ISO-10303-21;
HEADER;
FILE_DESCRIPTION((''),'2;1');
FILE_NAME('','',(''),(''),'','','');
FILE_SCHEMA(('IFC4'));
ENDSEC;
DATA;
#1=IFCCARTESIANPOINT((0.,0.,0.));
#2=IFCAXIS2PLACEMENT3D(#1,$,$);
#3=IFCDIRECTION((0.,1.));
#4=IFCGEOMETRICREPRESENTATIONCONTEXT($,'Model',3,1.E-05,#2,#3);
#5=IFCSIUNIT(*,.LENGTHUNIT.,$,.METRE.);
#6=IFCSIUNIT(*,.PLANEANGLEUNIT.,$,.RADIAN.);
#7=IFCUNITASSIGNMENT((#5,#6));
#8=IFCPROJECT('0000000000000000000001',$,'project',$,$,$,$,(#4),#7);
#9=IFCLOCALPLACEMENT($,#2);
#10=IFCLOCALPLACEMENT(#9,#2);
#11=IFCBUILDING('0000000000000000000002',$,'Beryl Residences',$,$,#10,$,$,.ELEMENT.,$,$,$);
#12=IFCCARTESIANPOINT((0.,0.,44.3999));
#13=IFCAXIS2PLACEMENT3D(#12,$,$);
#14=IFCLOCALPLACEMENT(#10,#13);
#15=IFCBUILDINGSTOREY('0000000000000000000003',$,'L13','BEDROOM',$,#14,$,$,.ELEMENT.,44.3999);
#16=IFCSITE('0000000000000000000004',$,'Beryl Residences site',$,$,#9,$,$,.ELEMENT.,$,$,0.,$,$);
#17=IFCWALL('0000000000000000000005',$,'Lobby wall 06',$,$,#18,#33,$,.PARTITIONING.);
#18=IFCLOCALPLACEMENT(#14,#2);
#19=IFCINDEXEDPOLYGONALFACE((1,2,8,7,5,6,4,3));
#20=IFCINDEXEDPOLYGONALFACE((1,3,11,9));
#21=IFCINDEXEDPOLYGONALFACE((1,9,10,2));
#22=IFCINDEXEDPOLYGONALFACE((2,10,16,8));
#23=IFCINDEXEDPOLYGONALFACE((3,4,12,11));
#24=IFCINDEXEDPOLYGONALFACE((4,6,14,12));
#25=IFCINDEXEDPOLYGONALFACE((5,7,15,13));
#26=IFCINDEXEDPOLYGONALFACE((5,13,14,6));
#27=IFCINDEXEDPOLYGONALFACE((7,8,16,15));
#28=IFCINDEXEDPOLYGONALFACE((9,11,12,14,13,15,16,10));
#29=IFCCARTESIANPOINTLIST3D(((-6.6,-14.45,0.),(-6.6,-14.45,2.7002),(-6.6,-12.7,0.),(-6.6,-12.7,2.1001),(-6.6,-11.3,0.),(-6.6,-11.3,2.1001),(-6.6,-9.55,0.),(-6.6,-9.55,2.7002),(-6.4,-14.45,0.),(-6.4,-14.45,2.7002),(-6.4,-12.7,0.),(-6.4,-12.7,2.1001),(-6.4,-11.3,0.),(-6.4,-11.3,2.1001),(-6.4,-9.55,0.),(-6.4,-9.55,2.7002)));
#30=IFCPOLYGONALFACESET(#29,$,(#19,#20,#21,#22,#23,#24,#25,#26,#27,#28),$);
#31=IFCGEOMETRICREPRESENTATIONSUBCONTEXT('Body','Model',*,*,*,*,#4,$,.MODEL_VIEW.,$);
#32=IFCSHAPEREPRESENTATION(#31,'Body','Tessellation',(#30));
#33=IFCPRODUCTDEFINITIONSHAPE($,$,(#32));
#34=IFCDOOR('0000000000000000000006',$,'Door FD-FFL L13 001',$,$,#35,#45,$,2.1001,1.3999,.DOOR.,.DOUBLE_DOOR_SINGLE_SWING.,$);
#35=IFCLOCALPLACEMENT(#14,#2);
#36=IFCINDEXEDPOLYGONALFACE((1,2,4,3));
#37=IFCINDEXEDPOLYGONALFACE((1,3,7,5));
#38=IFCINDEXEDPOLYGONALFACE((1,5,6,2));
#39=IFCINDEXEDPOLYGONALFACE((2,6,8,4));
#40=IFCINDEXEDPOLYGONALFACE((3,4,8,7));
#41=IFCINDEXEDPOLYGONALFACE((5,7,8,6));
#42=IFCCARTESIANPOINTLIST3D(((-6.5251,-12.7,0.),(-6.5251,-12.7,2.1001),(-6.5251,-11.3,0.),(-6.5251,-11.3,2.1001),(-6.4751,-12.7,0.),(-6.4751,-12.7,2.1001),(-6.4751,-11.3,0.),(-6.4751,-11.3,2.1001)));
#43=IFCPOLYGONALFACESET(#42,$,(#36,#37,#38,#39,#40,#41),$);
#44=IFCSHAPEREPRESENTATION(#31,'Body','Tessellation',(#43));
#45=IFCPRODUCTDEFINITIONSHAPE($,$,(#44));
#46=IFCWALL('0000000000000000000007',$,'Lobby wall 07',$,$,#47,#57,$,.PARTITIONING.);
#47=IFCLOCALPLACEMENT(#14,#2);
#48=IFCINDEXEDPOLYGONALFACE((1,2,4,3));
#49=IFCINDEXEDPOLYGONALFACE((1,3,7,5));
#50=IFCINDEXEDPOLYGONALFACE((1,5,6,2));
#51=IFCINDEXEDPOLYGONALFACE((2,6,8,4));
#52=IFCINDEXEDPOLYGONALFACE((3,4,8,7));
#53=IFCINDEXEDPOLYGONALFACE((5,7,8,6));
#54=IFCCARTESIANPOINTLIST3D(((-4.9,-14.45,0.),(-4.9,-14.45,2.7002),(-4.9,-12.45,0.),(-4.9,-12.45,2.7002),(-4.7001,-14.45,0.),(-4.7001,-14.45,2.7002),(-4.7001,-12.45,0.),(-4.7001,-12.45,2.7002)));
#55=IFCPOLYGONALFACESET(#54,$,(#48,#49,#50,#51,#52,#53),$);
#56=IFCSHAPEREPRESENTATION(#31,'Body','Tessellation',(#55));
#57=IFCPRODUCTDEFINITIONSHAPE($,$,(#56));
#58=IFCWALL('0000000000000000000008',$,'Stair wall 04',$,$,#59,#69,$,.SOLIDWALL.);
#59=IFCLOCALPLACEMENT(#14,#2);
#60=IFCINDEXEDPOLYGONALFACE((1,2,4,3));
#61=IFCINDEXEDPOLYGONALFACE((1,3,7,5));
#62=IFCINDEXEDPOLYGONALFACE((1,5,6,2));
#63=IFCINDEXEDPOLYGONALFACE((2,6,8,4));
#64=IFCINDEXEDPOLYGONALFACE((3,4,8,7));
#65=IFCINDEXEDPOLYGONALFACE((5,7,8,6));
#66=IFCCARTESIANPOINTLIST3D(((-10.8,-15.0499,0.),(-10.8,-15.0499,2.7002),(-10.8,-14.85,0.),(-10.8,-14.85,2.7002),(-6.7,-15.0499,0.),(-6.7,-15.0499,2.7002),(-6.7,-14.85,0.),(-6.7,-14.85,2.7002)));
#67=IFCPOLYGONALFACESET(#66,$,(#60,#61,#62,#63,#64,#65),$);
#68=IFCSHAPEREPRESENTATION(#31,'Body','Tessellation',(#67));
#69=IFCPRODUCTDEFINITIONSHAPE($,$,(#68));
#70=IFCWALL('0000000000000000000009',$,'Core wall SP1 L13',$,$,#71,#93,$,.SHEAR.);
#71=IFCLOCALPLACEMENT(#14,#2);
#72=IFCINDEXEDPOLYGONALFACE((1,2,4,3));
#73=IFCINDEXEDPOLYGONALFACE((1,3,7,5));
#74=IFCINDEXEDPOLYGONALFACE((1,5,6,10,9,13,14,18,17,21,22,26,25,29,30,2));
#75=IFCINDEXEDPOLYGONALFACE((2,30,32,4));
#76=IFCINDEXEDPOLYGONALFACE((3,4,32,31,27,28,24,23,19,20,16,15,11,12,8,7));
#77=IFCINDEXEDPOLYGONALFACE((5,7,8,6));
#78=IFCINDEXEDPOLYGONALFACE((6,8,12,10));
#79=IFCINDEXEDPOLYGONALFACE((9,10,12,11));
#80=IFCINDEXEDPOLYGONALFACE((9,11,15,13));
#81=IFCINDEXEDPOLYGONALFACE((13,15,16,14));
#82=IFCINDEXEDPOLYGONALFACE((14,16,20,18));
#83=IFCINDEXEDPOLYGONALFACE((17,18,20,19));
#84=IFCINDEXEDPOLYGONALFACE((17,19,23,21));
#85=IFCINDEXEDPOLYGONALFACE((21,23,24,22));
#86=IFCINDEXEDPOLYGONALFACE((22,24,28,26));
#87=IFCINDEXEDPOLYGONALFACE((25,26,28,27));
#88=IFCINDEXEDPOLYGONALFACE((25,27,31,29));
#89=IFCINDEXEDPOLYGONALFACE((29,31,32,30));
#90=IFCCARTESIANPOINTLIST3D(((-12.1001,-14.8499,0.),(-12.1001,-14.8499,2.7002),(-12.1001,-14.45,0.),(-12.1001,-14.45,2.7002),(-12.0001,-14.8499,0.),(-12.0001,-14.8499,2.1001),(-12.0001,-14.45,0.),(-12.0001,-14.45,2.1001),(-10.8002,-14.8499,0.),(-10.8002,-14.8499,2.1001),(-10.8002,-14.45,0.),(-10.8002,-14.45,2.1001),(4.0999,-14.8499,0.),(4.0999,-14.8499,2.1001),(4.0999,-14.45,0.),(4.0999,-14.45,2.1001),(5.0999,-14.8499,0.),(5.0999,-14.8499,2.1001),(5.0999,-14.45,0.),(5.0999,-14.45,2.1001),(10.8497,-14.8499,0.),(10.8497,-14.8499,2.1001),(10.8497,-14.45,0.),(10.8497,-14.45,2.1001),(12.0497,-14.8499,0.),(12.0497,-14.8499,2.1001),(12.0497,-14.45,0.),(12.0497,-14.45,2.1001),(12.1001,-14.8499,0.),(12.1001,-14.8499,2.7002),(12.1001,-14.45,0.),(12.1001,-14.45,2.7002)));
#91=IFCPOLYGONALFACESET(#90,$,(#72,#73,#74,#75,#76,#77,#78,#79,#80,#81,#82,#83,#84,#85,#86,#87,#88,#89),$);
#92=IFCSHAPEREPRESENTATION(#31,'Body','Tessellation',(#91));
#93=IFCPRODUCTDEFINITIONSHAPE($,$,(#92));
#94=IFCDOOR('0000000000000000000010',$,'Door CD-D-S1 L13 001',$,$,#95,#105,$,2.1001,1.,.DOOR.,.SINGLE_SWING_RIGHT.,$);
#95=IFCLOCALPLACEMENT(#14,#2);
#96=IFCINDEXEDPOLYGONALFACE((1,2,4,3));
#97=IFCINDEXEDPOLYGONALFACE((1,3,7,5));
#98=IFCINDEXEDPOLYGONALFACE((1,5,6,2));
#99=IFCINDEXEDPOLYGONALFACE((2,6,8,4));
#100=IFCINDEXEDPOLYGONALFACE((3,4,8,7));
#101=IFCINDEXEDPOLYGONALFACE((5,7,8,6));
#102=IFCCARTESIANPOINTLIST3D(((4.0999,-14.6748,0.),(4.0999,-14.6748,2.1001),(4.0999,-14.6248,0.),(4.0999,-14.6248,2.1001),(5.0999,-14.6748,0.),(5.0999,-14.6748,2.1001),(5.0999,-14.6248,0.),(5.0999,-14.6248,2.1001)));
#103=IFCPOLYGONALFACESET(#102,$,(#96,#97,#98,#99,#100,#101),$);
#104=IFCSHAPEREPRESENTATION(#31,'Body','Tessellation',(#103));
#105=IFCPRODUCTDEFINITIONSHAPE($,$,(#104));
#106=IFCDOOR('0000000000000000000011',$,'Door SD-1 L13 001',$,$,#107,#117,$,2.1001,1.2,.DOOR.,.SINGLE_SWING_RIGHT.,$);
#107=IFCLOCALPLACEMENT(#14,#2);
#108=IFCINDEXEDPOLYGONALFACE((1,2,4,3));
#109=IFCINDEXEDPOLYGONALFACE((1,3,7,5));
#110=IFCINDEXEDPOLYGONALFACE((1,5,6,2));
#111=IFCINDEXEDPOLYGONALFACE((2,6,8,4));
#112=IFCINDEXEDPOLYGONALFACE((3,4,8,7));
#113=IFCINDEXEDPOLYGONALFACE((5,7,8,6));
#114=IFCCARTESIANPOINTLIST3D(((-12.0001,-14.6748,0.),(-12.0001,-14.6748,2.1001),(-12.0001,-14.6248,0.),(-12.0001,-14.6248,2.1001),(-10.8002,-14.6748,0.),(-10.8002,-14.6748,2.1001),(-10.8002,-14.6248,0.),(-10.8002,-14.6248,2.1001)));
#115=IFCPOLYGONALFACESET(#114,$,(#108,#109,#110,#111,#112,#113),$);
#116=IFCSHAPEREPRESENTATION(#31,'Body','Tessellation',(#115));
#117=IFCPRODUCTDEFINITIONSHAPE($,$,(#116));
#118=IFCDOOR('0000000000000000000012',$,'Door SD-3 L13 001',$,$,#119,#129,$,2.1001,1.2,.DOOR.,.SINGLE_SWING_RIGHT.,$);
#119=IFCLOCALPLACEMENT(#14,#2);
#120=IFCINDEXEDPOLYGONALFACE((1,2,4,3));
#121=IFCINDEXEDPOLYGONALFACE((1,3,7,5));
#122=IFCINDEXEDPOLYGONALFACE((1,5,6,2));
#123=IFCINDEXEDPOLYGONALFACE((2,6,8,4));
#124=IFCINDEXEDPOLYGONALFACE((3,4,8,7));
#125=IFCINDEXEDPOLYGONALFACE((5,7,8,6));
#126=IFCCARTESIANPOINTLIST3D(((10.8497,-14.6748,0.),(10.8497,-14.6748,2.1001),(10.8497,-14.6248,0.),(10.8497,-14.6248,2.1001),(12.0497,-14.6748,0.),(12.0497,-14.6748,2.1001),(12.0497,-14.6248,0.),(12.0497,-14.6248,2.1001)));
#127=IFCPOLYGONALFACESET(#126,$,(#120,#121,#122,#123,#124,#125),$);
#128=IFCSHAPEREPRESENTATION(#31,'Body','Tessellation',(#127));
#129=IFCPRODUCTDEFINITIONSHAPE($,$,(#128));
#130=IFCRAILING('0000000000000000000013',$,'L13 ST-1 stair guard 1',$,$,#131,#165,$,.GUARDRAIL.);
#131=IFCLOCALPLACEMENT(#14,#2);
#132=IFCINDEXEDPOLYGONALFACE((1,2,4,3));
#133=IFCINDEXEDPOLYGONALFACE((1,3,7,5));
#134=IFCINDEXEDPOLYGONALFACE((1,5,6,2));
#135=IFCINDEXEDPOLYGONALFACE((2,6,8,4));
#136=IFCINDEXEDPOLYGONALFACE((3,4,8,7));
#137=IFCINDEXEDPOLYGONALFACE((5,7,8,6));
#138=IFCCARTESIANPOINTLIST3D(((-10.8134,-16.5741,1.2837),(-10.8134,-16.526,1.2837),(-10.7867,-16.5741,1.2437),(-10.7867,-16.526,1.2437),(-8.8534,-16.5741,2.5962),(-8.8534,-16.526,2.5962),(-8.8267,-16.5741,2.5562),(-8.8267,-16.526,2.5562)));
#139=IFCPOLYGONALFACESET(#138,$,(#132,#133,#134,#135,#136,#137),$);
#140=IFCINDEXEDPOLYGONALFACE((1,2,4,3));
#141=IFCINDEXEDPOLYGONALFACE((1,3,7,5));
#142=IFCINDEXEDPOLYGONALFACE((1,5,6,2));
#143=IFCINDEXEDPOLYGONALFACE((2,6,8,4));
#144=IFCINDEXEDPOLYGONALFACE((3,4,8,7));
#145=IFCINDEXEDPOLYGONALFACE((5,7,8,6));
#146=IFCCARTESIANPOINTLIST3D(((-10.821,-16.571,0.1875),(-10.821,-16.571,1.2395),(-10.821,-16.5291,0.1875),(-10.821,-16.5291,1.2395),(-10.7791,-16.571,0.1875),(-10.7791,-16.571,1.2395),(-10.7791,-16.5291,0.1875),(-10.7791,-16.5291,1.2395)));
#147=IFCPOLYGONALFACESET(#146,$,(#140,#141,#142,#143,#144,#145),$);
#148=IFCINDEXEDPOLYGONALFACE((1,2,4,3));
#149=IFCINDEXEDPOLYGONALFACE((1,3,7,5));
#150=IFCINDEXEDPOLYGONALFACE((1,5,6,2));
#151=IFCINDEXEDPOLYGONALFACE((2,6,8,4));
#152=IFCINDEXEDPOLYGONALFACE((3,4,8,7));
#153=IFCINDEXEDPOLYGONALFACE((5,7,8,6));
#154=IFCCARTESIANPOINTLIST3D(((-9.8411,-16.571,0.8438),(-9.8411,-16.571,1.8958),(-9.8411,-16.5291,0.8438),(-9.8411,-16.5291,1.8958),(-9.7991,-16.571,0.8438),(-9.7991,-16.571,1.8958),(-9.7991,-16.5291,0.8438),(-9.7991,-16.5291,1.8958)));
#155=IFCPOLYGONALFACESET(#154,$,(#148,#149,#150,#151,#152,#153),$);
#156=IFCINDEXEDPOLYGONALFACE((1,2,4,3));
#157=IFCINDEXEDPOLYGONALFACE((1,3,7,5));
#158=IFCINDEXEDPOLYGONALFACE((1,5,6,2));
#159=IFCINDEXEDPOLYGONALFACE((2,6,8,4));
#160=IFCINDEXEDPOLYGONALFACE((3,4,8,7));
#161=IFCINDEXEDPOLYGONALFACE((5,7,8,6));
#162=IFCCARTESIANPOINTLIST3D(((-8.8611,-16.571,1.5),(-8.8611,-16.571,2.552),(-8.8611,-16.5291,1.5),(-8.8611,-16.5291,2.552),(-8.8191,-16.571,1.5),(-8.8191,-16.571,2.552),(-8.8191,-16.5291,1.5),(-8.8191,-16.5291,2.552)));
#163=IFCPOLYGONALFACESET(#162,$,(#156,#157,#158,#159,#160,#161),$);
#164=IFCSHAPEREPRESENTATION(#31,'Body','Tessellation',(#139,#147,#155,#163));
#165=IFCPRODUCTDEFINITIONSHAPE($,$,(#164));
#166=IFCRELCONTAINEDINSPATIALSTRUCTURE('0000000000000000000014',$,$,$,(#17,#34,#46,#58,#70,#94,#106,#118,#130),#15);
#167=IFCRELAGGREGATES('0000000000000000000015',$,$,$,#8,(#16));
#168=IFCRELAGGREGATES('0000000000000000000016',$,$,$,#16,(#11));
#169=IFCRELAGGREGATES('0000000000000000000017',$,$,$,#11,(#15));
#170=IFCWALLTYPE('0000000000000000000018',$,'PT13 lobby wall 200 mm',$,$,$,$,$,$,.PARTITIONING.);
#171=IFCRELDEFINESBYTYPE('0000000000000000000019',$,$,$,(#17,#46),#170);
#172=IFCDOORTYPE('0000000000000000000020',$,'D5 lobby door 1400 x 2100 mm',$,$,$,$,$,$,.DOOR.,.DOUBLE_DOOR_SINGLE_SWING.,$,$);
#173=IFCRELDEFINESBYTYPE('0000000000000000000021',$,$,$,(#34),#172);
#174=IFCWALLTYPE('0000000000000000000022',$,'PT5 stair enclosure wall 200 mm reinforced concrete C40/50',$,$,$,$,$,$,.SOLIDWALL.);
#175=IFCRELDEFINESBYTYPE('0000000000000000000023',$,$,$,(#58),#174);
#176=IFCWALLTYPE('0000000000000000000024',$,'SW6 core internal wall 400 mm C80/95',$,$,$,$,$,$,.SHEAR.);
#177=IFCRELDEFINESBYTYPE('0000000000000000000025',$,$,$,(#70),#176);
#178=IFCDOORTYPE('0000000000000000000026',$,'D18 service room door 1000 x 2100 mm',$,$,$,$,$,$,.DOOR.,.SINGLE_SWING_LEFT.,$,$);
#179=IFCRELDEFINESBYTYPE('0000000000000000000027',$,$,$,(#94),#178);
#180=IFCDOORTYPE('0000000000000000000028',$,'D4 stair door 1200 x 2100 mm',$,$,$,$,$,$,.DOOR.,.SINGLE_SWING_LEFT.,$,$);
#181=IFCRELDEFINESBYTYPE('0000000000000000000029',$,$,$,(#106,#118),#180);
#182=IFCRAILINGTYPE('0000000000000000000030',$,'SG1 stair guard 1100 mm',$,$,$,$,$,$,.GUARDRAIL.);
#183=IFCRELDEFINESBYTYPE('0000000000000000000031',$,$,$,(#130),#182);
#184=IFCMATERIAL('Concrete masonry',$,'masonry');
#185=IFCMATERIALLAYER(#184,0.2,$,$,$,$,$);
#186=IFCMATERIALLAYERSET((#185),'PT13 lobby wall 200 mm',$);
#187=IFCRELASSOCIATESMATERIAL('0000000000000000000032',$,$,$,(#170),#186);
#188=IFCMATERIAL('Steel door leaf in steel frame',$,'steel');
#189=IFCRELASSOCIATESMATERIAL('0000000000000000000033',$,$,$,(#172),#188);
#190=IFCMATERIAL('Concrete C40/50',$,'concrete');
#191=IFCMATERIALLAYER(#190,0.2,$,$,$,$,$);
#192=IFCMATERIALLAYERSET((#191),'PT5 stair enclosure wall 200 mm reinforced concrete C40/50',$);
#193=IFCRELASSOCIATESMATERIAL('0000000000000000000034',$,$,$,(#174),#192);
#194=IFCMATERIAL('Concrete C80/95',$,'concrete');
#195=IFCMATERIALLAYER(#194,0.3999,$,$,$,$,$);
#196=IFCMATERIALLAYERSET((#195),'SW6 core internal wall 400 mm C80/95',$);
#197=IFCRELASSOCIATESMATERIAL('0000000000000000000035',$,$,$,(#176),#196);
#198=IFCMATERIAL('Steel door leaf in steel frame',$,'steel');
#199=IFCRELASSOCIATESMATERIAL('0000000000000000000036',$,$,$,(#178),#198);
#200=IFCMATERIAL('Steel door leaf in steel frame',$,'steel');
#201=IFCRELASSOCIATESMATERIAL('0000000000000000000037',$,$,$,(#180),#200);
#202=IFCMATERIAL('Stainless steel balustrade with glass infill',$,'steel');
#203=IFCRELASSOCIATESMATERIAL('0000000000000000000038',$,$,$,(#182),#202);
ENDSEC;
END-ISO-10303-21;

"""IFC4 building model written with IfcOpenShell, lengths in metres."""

from ifc_helpers import new_model, si_unit, direction, frame, frame_2d, origin, origin_2d, place, context, subcontext, project, spatial, rectangle, extrude, material, layer, layer_set, type_object, element, fill, save


model = new_model("IFC4")

# Units and contexts
model_context = context("Model", 3, precision=1e-05, world=origin(), true_north=direction((0.0, 1.0)))
body_context = subcontext(model_context, "Body", "Model", "MODEL_VIEW")
ifc_project = project(units=[si_unit("LENGTHUNIT", "METRE"), si_unit("PLANEANGLEUNIT", "RADIAN")], contexts=[model_context])

# Site, building, storey
site_placement = place(None, origin())
site = spatial("IfcSite", under=ifc_project, at=site_placement, Name="Beryl Residences site", CompositionType="ELEMENT", RefElevation=0.0)
building_placement = place(site_placement, origin())
building = spatial("IfcBuilding", under=site, at=building_placement, Name="Beryl Residences", CompositionType="ELEMENT")
storey_placement = place(building_placement, frame((0.0, 0.0, 44.3999)))
storey = spatial("IfcBuildingStorey", under=building, at=storey_placement, Name="L13", Description="BEDROOM", CompositionType="ELEMENT", Elevation=44.3999)

# Wall, opening, door
ifc_material_1 = material(Name="Concrete masonry", Category="masonry")
ifc_layer_1 = layer(ifc_material_1, 0.2)
ifc_layer_set_1 = layer_set([ifc_layer_1], Name="PT13 lobby wall 200 mm")
wall_type_1 = type_object("IfcWallType", Name="PT13 lobby wall 200 mm", PredefinedType="PARTITIONING", material=ifc_layer_set_1)
wall_1_placement = place(storey_placement, frame((-6.5, -14.45, 0.0), z_axis=(0.0, 0.0, 1.0), x_axis=(0.0, 1.0, 0.0)))
wall_1 = element("IfcWall", 1, at=wall_1_placement, inside=storey, type_object=wall_type_1, Name="Lobby wall 06", PredefinedType="PARTITIONING", context=body_context, shape_type="SweptSolid", body=[
    extrude(rectangle(XDim=4.8999, YDim=0.2, at=frame_2d((2.45, 0.0))), origin(), (0.0, 0.0, 1.0), 2.7002),
])
opening_1_placement = place(wall_1_placement, frame((3.1499, 0.0, 0.0), z_axis=(0.0, 0.0, 1.0), x_axis=(-1.0, 0.0, 0.0)))
opening_1 = element("IfcOpeningElement", 2, at=opening_1_placement, cuts=wall_1, PredefinedType="OPENING", context=body_context, shape_type="SweptSolid", body=[
    extrude(rectangle(XDim=1.3999, YDim=2.1001, at=frame_2d((0.7, 1.05))), frame((0.0, 0.1099, 0.0), z_axis=(0.0, -1.0, 0.0), x_axis=(1.0, 0.0, 0.0)), (0.0, 0.0, 1.0), 0.22),
])
ifc_material_2 = material(Name="Steel door leaf in steel frame", Category="steel")
door_type_1 = type_object("IfcDoorType", Name="D5 lobby door 1400 x 2100 mm", OperationType="DOUBLE_DOOR_SINGLE_SWING", PredefinedType="DOOR", material=ifc_material_2)
door_1_placement = place(opening_1_placement, origin())
door_1 = element("IfcDoor", 3, at=door_1_placement, inside=storey, type_object=door_type_1, Name="Door FD-FFL L13 001", OperationType="DOUBLE_DOOR_SINGLE_SWING", OverallHeight=2.1001, OverallWidth=1.3999, PredefinedType="DOOR", context=body_context, shape_type="SweptSolid", body=[
    extrude(rectangle(XDim=1.3999, YDim=2.1001, at=frame_2d((0.7, 1.05))), frame((0.0, 0.0249, 0.0), z_axis=(0.0, -1.0, 0.0), x_axis=(1.0, 0.0, 0.0)), (0.0, 0.0, 1.0), 0.05),
])
fill(opening_1, door_1)

# Walls
wall_2_placement = place(storey_placement, frame((-4.8, -14.45, 0.0), z_axis=(0.0, 0.0, 1.0), x_axis=(0.0, 1.0, 0.0)))
element("IfcWall", 4, at=wall_2_placement, inside=storey, type_object=wall_type_1, Name="Lobby wall 07", PredefinedType="PARTITIONING", context=body_context, shape_type="SweptSolid", body=[
    extrude(rectangle(XDim=2.0, YDim=0.2, at=frame_2d((1.0, 0.0))), origin(), (0.0, 0.0, 1.0), 2.7002),
])
ifc_material_3 = material(Name="Concrete C40/50", Category="concrete")
ifc_layer_2 = layer(ifc_material_3, 0.2)
ifc_layer_set_2 = layer_set([ifc_layer_2], Name="PT5 stair enclosure wall 200 mm reinforced concrete C40/50")
wall_type_2 = type_object("IfcWallType", Name="PT5 stair enclosure wall 200 mm reinforced concrete C40/50", PredefinedType="SOLIDWALL", material=ifc_layer_set_2)
wall_3_placement = place(storey_placement, frame((-10.8, -14.95, 0.0), z_axis=(0.0, 0.0, 1.0), x_axis=(1.0, 0.0, 0.0)))
element("IfcWall", 5, at=wall_3_placement, inside=storey, type_object=wall_type_2, Name="Stair wall 04", PredefinedType="SOLIDWALL", context=body_context, shape_type="SweptSolid", body=[
    extrude(rectangle(XDim=4.1001, YDim=0.2, at=frame_2d((2.05, 0.0))), origin(), (0.0, 0.0, 1.0), 2.7002),
])

# Wall, openings, doors
ifc_material_4 = material(Name="Concrete C80/95", Category="concrete")
ifc_layer_3 = layer(ifc_material_4, 0.3999)
ifc_layer_set_3 = layer_set([ifc_layer_3], Name="SW6 core internal wall 400 mm C80/95")
wall_type_3 = type_object("IfcWallType", Name="SW6 core internal wall 400 mm C80/95", PredefinedType="SHEAR", material=ifc_layer_set_3)
wall_4_placement = place(storey_placement, frame((-12.1001, -14.6499, 0.0), z_axis=(0.0, 0.0, 1.0), x_axis=(1.0, 0.0, 0.0)))
wall_4 = element("IfcWall", 6, at=wall_4_placement, inside=storey, type_object=wall_type_3, Name="Core wall SP1 L13", PredefinedType="SHEAR", context=body_context, shape_type="SweptSolid", body=[
    extrude(rectangle(XDim=24.2002, YDim=0.3999, at=frame_2d((12.1001, 0.0))), origin(), (0.0, 0.0, 1.0), 2.7002),
])
opening_2_placement = place(wall_4_placement, frame((1.3, 0.0, 0.0), z_axis=(0.0, 0.0, 1.0), x_axis=(-1.0, 0.0, 0.0)))
opening_2 = element("IfcOpeningElement", 7, at=opening_2_placement, cuts=wall_4, PredefinedType="OPENING", context=body_context, shape_type="SweptSolid", body=[
    extrude(rectangle(XDim=1.2, YDim=2.1001, at=frame_2d((0.6001, 1.05))), frame((0.0, 0.21, 0.0), z_axis=(0.0, -1.0, 0.0), x_axis=(1.0, 0.0, 0.0)), (0.0, 0.0, 1.0), 0.4199),
])
opening_3_placement = place(wall_4_placement, frame((24.1499, 0.0, 0.0), z_axis=(0.0, 0.0, 1.0), x_axis=(-1.0, 0.0, 0.0)))
opening_3 = element("IfcOpeningElement", 8, at=opening_3_placement, cuts=wall_4, PredefinedType="OPENING", context=body_context, shape_type="SweptSolid", body=[
    extrude(rectangle(XDim=1.2, YDim=2.1001, at=frame_2d((0.6001, 1.05))), frame((0.0, 0.21, 0.0), z_axis=(0.0, -1.0, 0.0), x_axis=(1.0, 0.0, 0.0)), (0.0, 0.0, 1.0), 0.4199),
])
opening_4_placement = place(wall_4_placement, frame((17.2, 0.0, 0.0), z_axis=(0.0, 0.0, 1.0), x_axis=(-1.0, 0.0, 0.0)))
opening_4 = element("IfcOpeningElement", 9, at=opening_4_placement, cuts=wall_4, PredefinedType="OPENING", context=body_context, shape_type="SweptSolid", body=[
    extrude(rectangle(XDim=1.0, YDim=2.1001, at=frame_2d((0.5, 1.05))), frame((0.0, 0.21, 0.0), z_axis=(0.0, -1.0, 0.0), x_axis=(1.0, 0.0, 0.0)), (0.0, 0.0, 1.0), 0.4199),
])
ifc_material_5 = material(Name="Steel door leaf in steel frame", Category="steel")
door_type_2 = type_object("IfcDoorType", Name="D18 service room door 1000 x 2100 mm", OperationType="SINGLE_SWING_LEFT", PredefinedType="DOOR", material=ifc_material_5)
door_2_placement = place(opening_4_placement, origin())
door_2 = element("IfcDoor", 10, at=door_2_placement, inside=storey, type_object=door_type_2, Name="Door CD-D-S1 L13 001", OperationType="SINGLE_SWING_RIGHT", OverallHeight=2.1001, OverallWidth=1.0, PredefinedType="DOOR", context=body_context, shape_type="SweptSolid", body=[
    extrude(rectangle(XDim=1.0, YDim=2.1001, at=frame_2d((0.5, 1.05))), frame((0.0, 0.0249, 0.0), z_axis=(0.0, -1.0, 0.0), x_axis=(1.0, 0.0, 0.0)), (0.0, 0.0, 1.0), 0.05),
])
fill(opening_4, door_2)
ifc_material_6 = material(Name="Steel door leaf in steel frame", Category="steel")
door_type_3 = type_object("IfcDoorType", Name="D4 stair door 1200 x 2100 mm", OperationType="SINGLE_SWING_LEFT", PredefinedType="DOOR", material=ifc_material_6)
door_3_placement = place(opening_2_placement, origin())
door_3 = element("IfcDoor", 11, at=door_3_placement, inside=storey, type_object=door_type_3, Name="Door SD-1 L13 001", OperationType="SINGLE_SWING_RIGHT", OverallHeight=2.1001, OverallWidth=1.2, PredefinedType="DOOR", context=body_context, shape_type="SweptSolid", body=[
    extrude(rectangle(XDim=1.2, YDim=2.1001, at=frame_2d((0.6001, 1.05))), frame((0.0, 0.0249, 0.0), z_axis=(0.0, -1.0, 0.0), x_axis=(1.0, 0.0, 0.0)), (0.0, 0.0, 1.0), 0.05),
])
fill(opening_2, door_3)
door_4_placement = place(opening_3_placement, origin())
door_4 = element("IfcDoor", 12, at=door_4_placement, inside=storey, type_object=door_type_3, Name="Door SD-3 L13 001", OperationType="SINGLE_SWING_RIGHT", OverallHeight=2.1001, OverallWidth=1.2, PredefinedType="DOOR", context=body_context, shape_type="SweptSolid", body=[
    extrude(rectangle(XDim=1.2, YDim=2.1001, at=frame_2d((0.6001, 1.05))), frame((0.0, 0.0249, 0.0), z_axis=(0.0, -1.0, 0.0), x_axis=(1.0, 0.0, 0.0)), (0.0, 0.0, 1.0), 0.05),
])
fill(opening_3, door_4)

# Railing
ifc_material_7 = material(Name="Stainless steel balustrade with glass infill", Category="steel")
railing_type_1 = type_object("IfcRailingType", Name="SG1 stair guard 1100 mm", PredefinedType="GUARDRAIL", material=ifc_material_7)
railing_1_placement = place(storey_placement, frame((-10.8, -16.55, 0.1875)))
element("IfcRailing", 13, at=railing_1_placement, inside=storey, type_object=railing_type_1, Name="L13 ST-1 stair guard 1", PredefinedType="GUARDRAIL", context=body_context, shape_type="SweptSolid", body=[
    extrude(rectangle(XDim=0.0481, YDim=0.0481, at=origin_2d()), frame((0.0, 0.0, 1.0762), z_axis=(0.830902, 0.0, 0.556419), x_axis=(0.0, 1.0, 0.0)), (0.0, 0.0, 1.0), 2.3589),
    extrude(rectangle(XDim=0.042, YDim=0.042, at=origin_2d()), origin(), (0.0, 0.0, 1.0), 1.052),
    extrude(rectangle(XDim=0.042, YDim=0.042, at=origin_2d()), frame((0.98, 0.0, 0.6562)), (0.0, 0.0, 1.0), 1.052),
    extrude(rectangle(XDim=0.042, YDim=0.042, at=origin_2d()), frame((1.96, 0.0, 1.3125)), (0.0, 0.0, 1.0), 1.052),
])

save(model, "model.ifc")
